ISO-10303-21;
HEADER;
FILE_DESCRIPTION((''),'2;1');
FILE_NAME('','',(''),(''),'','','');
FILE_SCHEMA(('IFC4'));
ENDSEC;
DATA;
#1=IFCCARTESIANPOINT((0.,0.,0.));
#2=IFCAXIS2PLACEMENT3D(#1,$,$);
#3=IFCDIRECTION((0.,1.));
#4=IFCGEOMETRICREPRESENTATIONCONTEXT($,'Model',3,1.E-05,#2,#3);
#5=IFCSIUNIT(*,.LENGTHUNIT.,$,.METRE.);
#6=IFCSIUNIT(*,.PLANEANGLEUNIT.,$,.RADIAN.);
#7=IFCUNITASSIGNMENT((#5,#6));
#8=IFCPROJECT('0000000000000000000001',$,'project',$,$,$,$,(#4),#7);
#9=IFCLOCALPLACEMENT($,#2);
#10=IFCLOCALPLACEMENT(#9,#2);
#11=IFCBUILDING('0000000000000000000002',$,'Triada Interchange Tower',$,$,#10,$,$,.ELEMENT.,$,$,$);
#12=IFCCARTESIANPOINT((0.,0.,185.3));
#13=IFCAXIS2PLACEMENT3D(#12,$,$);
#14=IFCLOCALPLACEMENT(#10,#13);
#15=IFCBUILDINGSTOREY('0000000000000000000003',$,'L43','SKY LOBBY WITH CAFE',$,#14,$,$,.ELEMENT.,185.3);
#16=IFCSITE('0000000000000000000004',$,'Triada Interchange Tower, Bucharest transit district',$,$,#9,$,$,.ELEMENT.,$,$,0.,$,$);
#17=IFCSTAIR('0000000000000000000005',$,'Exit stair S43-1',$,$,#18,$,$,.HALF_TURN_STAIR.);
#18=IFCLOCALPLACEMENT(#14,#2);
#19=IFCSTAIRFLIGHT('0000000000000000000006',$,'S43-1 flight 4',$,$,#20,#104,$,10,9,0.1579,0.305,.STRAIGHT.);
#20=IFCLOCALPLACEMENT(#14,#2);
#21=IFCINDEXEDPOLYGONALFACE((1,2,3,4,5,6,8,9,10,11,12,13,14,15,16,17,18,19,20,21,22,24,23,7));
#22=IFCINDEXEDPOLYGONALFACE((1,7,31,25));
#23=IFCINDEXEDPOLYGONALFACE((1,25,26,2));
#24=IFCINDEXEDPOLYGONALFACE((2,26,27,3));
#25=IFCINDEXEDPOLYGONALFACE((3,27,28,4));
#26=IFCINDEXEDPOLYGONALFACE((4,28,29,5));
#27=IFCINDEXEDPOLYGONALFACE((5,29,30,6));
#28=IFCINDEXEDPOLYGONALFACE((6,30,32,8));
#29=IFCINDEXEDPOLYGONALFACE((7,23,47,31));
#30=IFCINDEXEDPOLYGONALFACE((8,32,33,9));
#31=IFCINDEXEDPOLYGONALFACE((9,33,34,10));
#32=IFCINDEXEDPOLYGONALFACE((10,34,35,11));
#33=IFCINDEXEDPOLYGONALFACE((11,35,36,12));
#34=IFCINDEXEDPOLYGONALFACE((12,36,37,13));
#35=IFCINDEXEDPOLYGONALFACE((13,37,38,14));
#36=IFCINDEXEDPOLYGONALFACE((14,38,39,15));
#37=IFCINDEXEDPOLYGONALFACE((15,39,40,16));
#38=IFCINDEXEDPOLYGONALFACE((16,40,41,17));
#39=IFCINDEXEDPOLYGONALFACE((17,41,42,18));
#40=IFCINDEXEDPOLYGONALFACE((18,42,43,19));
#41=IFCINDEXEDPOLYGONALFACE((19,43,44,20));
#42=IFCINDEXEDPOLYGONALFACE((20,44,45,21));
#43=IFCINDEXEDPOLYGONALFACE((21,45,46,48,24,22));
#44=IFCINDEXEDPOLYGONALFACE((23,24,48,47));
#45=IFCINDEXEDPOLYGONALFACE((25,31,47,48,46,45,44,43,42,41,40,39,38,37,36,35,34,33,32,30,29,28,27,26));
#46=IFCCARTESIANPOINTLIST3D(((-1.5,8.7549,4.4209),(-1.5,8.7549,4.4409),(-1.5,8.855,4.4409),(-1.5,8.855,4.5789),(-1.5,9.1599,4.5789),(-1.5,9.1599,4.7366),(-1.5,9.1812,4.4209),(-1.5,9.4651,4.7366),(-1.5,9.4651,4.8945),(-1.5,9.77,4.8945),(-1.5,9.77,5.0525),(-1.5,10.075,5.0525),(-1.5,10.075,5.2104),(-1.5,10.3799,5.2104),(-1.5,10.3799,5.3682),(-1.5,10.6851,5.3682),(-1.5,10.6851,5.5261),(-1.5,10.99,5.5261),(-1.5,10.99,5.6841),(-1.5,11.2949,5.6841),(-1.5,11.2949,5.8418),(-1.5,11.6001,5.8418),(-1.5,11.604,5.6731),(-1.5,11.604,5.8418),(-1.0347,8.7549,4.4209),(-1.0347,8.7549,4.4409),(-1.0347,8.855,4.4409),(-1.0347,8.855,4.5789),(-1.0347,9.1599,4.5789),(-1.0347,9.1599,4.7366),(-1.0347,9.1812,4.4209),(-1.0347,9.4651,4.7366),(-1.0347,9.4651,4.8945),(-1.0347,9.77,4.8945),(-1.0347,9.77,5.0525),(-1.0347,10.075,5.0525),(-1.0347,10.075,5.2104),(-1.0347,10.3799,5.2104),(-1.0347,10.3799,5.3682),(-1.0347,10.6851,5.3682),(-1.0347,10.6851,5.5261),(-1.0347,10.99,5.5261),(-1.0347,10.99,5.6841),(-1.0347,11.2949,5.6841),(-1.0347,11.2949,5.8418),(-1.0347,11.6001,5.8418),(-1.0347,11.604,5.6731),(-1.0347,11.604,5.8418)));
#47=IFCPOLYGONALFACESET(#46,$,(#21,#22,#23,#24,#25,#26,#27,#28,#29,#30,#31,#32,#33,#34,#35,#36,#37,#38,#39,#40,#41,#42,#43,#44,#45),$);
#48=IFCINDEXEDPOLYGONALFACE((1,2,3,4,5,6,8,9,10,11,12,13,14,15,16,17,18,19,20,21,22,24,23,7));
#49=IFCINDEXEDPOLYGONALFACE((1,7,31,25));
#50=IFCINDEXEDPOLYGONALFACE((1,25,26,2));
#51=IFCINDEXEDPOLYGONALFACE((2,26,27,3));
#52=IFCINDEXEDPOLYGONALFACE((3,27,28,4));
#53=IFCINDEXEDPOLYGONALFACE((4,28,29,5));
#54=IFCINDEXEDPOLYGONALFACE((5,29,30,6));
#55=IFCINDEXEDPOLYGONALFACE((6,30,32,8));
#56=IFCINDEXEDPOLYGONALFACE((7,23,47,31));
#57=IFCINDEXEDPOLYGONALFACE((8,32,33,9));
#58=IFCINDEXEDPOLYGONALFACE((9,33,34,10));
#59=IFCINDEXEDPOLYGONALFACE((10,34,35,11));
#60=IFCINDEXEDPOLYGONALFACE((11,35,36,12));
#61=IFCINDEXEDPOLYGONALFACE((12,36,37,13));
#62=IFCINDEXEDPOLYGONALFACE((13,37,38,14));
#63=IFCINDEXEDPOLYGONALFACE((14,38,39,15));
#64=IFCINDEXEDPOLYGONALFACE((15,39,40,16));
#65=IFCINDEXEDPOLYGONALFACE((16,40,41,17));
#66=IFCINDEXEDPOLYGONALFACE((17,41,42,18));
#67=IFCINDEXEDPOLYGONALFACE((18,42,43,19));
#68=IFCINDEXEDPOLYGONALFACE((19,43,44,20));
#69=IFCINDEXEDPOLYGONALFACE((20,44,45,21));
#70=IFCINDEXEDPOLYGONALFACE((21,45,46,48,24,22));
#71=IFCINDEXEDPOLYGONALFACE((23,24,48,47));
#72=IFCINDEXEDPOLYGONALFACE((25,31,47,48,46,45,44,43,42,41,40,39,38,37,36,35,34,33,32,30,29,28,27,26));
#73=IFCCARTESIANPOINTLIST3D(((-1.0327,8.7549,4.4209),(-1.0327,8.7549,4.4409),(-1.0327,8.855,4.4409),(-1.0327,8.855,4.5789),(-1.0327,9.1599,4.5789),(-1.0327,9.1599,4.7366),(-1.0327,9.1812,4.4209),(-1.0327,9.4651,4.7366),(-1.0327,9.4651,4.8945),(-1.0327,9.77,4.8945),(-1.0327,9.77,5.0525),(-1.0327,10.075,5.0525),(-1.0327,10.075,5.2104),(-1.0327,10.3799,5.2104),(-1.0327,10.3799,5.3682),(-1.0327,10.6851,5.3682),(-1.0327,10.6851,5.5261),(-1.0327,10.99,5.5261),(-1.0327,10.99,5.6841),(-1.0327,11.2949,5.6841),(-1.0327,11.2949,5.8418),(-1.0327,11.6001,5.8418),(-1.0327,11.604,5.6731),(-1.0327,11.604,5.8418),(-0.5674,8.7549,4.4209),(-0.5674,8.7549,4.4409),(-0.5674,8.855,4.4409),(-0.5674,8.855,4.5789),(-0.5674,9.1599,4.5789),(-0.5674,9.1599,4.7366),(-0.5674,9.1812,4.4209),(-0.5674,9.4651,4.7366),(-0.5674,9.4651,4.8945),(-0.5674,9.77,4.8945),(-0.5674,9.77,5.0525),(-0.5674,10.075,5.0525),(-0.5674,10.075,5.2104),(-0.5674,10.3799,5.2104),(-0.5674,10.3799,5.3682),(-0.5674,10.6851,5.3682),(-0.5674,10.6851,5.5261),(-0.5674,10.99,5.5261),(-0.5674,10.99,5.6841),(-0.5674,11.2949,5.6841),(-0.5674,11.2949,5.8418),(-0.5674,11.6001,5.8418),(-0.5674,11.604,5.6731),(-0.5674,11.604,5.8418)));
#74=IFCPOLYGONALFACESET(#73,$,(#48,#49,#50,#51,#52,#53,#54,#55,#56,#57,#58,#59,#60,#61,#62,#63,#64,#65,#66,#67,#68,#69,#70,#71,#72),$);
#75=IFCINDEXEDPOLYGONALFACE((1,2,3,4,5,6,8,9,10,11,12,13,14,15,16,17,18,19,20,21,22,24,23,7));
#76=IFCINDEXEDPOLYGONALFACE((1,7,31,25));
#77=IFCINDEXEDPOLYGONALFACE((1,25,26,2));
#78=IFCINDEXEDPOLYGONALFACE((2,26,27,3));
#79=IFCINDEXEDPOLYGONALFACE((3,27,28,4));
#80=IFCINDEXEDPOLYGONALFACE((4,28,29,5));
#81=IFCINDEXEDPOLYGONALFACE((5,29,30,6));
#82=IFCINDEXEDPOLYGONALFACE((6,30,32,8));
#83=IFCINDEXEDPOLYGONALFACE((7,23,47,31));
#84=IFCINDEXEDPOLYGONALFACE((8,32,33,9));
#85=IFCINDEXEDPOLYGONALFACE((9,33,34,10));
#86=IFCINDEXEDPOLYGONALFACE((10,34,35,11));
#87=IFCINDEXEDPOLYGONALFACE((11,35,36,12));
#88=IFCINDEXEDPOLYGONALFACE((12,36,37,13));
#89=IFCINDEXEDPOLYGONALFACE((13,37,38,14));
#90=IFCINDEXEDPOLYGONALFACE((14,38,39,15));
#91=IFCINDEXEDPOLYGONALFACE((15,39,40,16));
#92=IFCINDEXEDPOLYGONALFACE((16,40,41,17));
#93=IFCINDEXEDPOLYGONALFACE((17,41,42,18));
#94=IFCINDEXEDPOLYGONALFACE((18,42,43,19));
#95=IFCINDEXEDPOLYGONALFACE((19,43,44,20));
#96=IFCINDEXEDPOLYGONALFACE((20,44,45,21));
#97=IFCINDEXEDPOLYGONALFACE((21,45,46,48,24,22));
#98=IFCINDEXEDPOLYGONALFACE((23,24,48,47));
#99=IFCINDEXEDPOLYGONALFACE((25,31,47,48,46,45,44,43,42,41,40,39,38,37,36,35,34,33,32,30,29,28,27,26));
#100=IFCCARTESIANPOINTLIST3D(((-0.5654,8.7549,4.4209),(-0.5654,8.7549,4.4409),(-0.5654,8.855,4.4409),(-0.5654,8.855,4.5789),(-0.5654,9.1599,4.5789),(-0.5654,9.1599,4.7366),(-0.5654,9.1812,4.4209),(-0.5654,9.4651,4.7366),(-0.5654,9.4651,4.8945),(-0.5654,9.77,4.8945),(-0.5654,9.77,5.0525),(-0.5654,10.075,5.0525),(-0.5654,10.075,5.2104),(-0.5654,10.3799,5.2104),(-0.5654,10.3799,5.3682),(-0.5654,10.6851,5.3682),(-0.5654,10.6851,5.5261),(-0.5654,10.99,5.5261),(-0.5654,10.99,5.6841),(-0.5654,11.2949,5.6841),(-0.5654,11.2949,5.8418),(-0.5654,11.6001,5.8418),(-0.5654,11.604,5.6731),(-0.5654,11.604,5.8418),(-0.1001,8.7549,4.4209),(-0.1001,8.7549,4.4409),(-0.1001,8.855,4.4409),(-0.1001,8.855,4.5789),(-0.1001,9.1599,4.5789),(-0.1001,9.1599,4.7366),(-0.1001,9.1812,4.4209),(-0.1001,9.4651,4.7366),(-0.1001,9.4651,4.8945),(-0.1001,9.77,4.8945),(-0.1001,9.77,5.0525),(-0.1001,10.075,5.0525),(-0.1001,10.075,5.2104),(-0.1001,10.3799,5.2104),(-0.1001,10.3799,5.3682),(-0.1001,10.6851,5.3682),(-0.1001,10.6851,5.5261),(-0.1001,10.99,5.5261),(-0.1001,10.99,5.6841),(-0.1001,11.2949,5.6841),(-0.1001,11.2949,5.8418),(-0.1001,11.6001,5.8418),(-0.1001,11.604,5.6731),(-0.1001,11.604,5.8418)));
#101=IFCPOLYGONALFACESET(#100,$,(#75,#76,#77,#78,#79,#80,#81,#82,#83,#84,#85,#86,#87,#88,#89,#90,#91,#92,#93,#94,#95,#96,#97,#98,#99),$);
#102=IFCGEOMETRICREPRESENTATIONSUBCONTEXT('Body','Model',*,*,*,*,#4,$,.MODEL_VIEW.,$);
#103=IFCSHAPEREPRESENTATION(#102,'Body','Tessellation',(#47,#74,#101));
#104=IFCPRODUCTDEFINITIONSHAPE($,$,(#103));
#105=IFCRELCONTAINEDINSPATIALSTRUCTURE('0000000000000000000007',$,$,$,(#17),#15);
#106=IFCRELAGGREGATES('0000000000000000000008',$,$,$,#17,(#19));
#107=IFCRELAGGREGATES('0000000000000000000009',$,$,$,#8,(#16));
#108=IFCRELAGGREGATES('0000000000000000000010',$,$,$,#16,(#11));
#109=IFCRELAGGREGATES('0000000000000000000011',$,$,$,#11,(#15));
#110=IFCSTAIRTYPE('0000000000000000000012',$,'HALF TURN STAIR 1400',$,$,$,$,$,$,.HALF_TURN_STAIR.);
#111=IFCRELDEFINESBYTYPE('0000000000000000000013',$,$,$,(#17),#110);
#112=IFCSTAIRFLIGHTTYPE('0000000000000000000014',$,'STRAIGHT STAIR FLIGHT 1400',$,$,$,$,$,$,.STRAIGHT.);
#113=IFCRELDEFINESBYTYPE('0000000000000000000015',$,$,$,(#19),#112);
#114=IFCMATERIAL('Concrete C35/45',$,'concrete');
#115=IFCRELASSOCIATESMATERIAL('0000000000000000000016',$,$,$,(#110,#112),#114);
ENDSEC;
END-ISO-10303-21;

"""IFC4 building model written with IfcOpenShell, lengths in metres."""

from ifc_helpers import new_model, si_unit, direction, frame, origin, place, context, subcontext, project, spatial, polyline, outline, extrude, material, type_object, element, aggregate, save


model = new_model("IFC4")

# Units and contexts
model_context = context("Model", 3, precision=1e-05, world=origin(), true_north=direction((0.0, 1.0)))
body_context = subcontext(model_context, "Body", "Model", "MODEL_VIEW")
ifc_project = project(units=[si_unit("LENGTHUNIT", "METRE"), si_unit("PLANEANGLEUNIT", "RADIAN")], contexts=[model_context])

# Site, building, storey
site_placement = place(None, origin())
site = spatial("IfcSite", under=ifc_project, at=site_placement, Name="Triada Interchange Tower, Bucharest transit district", CompositionType="ELEMENT", RefElevation=0.0)
building_placement = place(site_placement, origin())
building = spatial("IfcBuilding", under=site, at=building_placement, Name="Triada Interchange Tower", CompositionType="ELEMENT")
storey_placement = place(building_placement, frame((0.0, 0.0, 185.3)))
storey = spatial("IfcBuildingStorey", under=building, at=storey_placement, Name="L43", Description="SKY LOBBY WITH CAFE", CompositionType="ELEMENT", Elevation=185.3)

# Stair, stair flight
ifc_material_1 = material(Name="Concrete C35/45", Category="concrete")
stair_type = type_object("IfcStairType", Name="HALF TURN STAIR 1400", PredefinedType="HALF_TURN_STAIR", material=ifc_material_1)
stair_placement = place(storey_placement, origin())
stair = element("IfcStair", 1, at=stair_placement, inside=storey, type_object=stair_type, Name="Exit stair S43-1", PredefinedType="HALF_TURN_STAIR")
stair_flight_type = type_object("IfcStairFlightType", Name="STRAIGHT STAIR FLIGHT 1400", PredefinedType="STRAIGHT", material=ifc_material_1)
stair_flight_1_placement = place(storey_placement, frame((-0.8, 8.855, 4.4209), z_axis=(0.0, 0.0, 1.0), x_axis=(0.0, 1.0, 0.0)))
stair_flight_1 = element("IfcStairFlight", 2, at=stair_flight_1_placement, type_object=stair_flight_type, Name="S43-1 flight 4", NumberOfRisers=10, NumberOfTreads=9, PredefinedType="STRAIGHT", RiserHeight=0.1579, TreadLength=0.305, context=body_context, shape_type="SweptSolid", body=[
    extrude(outline(polyline([(-0.1001, 0.0), (-0.1001, 0.02), (0.0, 0.02), (0.0, 0.158), (0.3049, 0.158), (0.3049, 0.3157), (0.6101, 0.3157), (0.6101, 0.4736), (0.915, 0.4736), (0.915, 0.6316), (1.22, 0.6316), (1.22, 0.7896), (1.5249, 0.7896), (1.5249, 0.9473), (1.8301, 0.9473), (1.8301, 1.1052), (2.135, 1.1052), (2.135, 1.2632), (2.4399, 1.2632), (2.4399, 1.4209), (2.7451, 1.4209), (2.749, 1.4209), (2.749, 1.5789), (2.749, 1.2522), (0.3262, 0.0), (-0.1001, 0.0)])), frame((0.0, 0.7, 0.0), z_axis=(0.0, -1.0, 0.0), x_axis=(1.0, 0.0, 0.0)), (0.0, 0.0, 1.0), 0.4653),
    extrude(outline(polyline([(-0.1001, 0.0), (-0.1001, 0.02), (0.0, 0.02), (0.0, 0.158), (0.3049, 0.158), (0.3049, 0.3157), (0.6101, 0.3157), (0.6101, 0.4736), (0.915, 0.4736), (0.915, 0.6316), (1.22, 0.6316), (1.22, 0.7896), (1.5249, 0.7896), (1.5249, 0.9473), (1.8301, 0.9473), (1.8301, 1.1052), (2.135, 1.1052), (2.135, 1.2632), (2.4399, 1.2632), (2.4399, 1.4209), (2.7451, 1.4209), (2.749, 1.4209), (2.749, 1.5789), (2.749, 1.2522), (0.3262, 0.0), (-0.1001, 0.0)])), frame((0.0, 0.2327, 0.0), z_axis=(0.0, -1.0, 0.0), x_axis=(1.0, 0.0, 0.0)), (0.0, 0.0, 1.0), 0.4653),
    extrude(outline(polyline([(-0.1001, 0.0), (-0.1001, 0.02), (0.0, 0.02), (0.0, 0.158), (0.3049, 0.158), (0.3049, 0.3157), (0.6101, 0.3157), (0.6101, 0.4736), (0.915, 0.4736), (0.915, 0.6316), (1.22, 0.6316), (1.22, 0.7896), (1.5249, 0.7896), (1.5249, 0.9473), (1.8301, 0.9473), (1.8301, 1.1052), (2.135, 1.1052), (2.135, 1.2632), (2.4399, 1.2632), (2.4399, 1.4209), (2.7451, 1.4209), (2.749, 1.4209), (2.749, 1.5789), (2.749, 1.2522), (0.3262, 0.0), (-0.1001, 0.0)])), frame((0.0, -0.2346, 0.0), z_axis=(0.0, -1.0, 0.0), x_axis=(1.0, 0.0, 0.0)), (0.0, 0.0, 1.0), 0.4653),
])
aggregate(stair, [stair_flight_1])

save(model, "model.ifc")
